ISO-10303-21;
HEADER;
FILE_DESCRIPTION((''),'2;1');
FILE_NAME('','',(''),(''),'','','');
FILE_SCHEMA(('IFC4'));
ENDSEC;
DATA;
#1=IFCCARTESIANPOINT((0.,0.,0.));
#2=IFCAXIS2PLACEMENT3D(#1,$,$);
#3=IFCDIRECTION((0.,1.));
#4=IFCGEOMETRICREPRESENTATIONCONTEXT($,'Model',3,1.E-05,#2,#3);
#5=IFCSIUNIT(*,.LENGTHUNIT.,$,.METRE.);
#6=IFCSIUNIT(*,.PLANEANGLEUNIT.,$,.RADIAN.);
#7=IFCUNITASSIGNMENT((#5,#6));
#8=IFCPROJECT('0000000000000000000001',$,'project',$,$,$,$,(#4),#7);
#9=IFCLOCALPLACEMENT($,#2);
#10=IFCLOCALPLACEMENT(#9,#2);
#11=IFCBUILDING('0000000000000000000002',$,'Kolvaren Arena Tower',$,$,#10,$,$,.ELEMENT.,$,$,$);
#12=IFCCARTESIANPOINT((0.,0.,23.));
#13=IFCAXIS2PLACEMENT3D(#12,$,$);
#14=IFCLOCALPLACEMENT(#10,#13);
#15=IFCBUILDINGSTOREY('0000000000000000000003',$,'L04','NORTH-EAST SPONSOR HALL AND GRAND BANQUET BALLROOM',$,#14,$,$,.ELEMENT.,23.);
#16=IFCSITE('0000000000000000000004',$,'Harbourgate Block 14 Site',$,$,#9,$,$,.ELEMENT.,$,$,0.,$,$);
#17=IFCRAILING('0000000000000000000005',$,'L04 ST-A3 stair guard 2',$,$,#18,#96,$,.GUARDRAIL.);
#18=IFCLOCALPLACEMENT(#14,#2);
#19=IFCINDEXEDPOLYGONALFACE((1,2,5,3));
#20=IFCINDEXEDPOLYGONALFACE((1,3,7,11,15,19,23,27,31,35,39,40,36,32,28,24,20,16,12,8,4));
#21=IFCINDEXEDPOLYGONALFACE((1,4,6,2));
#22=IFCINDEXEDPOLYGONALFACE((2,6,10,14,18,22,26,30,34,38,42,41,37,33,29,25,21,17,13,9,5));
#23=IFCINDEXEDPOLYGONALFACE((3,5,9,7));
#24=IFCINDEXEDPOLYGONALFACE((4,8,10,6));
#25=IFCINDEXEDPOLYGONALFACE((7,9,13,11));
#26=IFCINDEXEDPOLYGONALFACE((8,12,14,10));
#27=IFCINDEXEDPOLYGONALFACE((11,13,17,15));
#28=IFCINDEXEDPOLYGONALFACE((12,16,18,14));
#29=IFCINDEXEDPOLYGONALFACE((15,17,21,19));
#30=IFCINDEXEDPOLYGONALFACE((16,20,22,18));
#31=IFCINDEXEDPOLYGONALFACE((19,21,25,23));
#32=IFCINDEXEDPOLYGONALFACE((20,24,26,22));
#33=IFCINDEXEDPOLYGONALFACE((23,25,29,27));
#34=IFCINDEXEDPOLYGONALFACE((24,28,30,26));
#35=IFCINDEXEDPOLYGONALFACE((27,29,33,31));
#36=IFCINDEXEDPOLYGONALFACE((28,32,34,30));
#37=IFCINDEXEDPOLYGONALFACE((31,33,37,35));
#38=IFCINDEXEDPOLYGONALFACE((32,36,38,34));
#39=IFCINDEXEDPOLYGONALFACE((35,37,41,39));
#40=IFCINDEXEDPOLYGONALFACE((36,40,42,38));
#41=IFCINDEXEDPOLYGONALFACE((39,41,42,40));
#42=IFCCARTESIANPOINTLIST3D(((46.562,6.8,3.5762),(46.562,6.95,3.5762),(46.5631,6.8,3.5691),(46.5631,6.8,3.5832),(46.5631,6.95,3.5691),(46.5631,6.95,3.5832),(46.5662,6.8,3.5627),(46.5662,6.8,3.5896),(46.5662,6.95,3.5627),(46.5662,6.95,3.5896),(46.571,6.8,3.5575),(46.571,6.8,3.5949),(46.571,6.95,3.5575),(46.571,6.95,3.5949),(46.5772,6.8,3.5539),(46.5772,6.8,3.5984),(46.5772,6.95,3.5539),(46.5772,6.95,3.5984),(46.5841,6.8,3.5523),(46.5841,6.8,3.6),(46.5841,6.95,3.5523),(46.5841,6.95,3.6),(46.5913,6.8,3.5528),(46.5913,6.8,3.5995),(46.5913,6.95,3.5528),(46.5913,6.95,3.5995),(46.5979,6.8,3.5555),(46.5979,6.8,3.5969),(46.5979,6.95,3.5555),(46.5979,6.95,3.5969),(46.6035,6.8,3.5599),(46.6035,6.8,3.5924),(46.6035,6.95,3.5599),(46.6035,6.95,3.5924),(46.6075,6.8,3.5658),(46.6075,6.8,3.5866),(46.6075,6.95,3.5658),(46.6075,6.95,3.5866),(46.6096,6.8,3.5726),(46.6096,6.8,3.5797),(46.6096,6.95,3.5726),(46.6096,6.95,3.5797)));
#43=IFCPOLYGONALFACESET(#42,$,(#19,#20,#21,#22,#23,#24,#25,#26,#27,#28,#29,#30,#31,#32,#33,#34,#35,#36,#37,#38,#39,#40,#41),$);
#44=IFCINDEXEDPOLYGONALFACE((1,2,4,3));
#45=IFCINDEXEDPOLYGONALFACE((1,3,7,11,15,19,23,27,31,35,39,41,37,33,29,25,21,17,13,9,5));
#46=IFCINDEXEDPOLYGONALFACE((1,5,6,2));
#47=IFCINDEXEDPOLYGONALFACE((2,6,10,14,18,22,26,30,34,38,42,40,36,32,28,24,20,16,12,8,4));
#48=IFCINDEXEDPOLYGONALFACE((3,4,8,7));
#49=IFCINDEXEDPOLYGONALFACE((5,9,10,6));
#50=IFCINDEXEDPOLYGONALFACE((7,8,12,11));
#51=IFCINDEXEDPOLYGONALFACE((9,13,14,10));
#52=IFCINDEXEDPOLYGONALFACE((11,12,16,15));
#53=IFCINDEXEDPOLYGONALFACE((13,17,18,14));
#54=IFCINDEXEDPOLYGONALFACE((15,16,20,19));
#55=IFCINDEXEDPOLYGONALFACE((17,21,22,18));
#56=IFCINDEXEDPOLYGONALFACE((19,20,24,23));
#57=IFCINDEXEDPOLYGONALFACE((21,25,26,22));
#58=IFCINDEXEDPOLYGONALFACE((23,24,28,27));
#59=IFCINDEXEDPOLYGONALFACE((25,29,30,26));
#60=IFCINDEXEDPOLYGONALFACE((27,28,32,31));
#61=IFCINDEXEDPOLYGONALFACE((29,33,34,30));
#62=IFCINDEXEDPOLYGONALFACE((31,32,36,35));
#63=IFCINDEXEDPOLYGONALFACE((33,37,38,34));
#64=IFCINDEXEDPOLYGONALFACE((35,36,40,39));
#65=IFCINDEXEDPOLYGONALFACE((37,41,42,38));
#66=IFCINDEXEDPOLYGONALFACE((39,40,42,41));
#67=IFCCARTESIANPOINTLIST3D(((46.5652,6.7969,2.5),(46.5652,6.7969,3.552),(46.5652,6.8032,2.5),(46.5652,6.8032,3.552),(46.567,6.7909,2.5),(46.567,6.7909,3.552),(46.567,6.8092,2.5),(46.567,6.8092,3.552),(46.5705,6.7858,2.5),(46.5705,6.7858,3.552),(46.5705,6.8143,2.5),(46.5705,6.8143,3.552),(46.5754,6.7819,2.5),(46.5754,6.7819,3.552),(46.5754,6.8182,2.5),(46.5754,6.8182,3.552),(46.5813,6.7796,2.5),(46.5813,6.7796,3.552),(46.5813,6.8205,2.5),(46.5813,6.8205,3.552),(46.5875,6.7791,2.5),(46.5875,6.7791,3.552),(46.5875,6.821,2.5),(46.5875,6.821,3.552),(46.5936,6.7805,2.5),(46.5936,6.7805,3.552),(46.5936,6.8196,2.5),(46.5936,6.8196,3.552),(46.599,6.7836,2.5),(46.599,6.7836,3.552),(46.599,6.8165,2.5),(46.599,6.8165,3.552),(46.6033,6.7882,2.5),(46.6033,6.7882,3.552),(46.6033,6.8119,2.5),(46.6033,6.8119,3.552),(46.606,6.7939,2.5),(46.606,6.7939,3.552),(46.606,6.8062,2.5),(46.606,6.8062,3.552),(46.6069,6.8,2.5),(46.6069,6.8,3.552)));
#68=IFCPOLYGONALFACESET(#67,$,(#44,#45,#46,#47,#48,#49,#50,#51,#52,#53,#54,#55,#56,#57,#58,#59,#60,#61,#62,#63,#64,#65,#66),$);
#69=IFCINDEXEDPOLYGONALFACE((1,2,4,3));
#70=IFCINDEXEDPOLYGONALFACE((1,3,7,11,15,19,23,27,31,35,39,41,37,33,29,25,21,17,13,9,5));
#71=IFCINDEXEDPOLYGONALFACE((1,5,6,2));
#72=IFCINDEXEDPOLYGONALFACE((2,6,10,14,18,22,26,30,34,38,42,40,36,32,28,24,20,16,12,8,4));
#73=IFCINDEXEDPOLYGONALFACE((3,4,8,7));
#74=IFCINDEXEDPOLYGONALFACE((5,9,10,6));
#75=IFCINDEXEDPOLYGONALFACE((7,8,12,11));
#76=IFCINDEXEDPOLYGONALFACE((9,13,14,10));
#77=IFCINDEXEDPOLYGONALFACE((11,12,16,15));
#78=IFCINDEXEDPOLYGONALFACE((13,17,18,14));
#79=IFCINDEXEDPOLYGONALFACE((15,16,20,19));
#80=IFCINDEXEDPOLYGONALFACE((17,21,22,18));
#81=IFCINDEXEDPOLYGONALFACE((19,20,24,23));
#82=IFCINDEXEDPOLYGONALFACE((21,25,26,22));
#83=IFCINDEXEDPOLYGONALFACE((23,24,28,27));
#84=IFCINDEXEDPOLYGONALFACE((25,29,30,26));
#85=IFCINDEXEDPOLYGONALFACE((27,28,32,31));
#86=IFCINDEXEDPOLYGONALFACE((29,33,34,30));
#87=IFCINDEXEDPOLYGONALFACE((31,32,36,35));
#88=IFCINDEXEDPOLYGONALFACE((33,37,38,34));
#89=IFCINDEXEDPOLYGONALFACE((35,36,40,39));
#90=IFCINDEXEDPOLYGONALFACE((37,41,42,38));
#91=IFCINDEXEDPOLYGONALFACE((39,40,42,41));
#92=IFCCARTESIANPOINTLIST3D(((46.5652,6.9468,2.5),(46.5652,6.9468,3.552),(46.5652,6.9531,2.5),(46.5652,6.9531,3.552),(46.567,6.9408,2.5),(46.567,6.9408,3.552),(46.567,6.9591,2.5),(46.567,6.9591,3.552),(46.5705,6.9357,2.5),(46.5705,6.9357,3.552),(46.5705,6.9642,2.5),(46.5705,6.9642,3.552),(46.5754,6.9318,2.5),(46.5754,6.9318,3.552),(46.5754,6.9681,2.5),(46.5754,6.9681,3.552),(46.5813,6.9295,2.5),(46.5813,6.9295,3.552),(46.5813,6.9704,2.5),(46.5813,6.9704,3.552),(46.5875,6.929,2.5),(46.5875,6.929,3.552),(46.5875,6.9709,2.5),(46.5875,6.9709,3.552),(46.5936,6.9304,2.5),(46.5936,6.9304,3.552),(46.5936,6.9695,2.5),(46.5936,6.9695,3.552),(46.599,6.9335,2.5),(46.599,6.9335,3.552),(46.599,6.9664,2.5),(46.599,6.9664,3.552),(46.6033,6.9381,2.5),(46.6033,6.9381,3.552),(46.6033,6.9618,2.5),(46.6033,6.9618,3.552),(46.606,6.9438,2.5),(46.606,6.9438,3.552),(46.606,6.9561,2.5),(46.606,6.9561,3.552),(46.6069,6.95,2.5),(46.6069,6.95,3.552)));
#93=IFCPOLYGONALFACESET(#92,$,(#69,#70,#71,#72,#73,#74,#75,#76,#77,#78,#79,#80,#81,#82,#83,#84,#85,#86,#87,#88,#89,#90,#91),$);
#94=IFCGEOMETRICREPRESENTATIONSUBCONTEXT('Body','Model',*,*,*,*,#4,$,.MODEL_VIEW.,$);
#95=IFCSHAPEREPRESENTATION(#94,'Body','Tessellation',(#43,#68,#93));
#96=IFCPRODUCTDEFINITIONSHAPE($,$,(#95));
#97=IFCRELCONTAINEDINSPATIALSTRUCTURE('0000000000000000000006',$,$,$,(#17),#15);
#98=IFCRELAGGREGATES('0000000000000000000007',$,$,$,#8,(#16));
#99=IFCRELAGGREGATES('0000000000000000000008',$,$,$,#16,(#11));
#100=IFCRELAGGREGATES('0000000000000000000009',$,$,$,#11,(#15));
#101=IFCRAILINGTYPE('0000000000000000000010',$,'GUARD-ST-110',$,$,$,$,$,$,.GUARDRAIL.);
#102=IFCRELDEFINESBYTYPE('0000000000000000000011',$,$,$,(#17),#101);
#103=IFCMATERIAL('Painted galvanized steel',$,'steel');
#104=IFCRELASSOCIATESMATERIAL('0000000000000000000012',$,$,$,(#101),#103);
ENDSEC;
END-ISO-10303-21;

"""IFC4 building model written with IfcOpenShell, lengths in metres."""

from ifc_helpers import new_model, si_unit, direction, frame, origin, origin_2d, place, context, subcontext, project, spatial, circle, extrude, material, type_object, element, save


model = new_model("IFC4")

# Units and contexts
model_context = context("Model", 3, precision=1e-05, world=origin(), true_north=direction((0.0, 1.0)))
body_context = subcontext(model_context, "Body", "Model", "MODEL_VIEW")
ifc_project = project(units=[si_unit("LENGTHUNIT", "METRE"), si_unit("PLANEANGLEUNIT", "RADIAN")], contexts=[model_context])

# Site, building, storey
site_placement = place(None, origin())
site = spatial("IfcSite", under=ifc_project, at=site_placement, Name="Harbourgate Block 14 Site", CompositionType="ELEMENT", RefElevation=0.0)
building_placement = place(site_placement, origin())
building = spatial("IfcBuilding", under=site, at=building_placement, Name="Kolvaren Arena Tower", CompositionType="ELEMENT")
storey_placement = place(building_placement, frame((0.0, 0.0, 23.0)))
storey = spatial("IfcBuildingStorey", under=building, at=storey_placement, Name="L04", Description="NORTH-EAST SPONSOR HALL AND GRAND BANQUET BALLROOM", CompositionType="ELEMENT", Elevation=23.0)

# Railing
ifc_material_1 = material(Name="Painted galvanized steel", Category="steel")
railing_type_1 = type_object("IfcRailingType", Name="GUARD-ST-110", PredefinedType="GUARDRAIL", material=ifc_material_1)
railing_1_placement = place(storey_placement, frame((46.5859, 6.8, 2.5)))
element("IfcRailing", 1, at=railing_1_placement, inside=storey, type_object=railing_type_1, Name="L04 ST-A3 stair guard 2", PredefinedType="GUARDRAIL", context=body_context, shape_type="SweptSolid", body=[
    extrude(circle(Radius=0.0239, at=origin_2d()), frame((0.0, 0.0, 1.0762), z_axis=(0.0, 1.0, 0.0), x_axis=(-1.0, 0.0, 0.0)), (0.0, 0.0, 1.0), 0.1499),
    extrude(circle(Radius=0.021, at=origin_2d()), origin(), (0.0, 0.0, 1.0), 1.052),
    extrude(circle(Radius=0.021, at=origin_2d()), frame((0.0, 0.1499, 0.0)), (0.0, 0.0, 1.0), 1.052),
])

save(model, "model.ifc")
